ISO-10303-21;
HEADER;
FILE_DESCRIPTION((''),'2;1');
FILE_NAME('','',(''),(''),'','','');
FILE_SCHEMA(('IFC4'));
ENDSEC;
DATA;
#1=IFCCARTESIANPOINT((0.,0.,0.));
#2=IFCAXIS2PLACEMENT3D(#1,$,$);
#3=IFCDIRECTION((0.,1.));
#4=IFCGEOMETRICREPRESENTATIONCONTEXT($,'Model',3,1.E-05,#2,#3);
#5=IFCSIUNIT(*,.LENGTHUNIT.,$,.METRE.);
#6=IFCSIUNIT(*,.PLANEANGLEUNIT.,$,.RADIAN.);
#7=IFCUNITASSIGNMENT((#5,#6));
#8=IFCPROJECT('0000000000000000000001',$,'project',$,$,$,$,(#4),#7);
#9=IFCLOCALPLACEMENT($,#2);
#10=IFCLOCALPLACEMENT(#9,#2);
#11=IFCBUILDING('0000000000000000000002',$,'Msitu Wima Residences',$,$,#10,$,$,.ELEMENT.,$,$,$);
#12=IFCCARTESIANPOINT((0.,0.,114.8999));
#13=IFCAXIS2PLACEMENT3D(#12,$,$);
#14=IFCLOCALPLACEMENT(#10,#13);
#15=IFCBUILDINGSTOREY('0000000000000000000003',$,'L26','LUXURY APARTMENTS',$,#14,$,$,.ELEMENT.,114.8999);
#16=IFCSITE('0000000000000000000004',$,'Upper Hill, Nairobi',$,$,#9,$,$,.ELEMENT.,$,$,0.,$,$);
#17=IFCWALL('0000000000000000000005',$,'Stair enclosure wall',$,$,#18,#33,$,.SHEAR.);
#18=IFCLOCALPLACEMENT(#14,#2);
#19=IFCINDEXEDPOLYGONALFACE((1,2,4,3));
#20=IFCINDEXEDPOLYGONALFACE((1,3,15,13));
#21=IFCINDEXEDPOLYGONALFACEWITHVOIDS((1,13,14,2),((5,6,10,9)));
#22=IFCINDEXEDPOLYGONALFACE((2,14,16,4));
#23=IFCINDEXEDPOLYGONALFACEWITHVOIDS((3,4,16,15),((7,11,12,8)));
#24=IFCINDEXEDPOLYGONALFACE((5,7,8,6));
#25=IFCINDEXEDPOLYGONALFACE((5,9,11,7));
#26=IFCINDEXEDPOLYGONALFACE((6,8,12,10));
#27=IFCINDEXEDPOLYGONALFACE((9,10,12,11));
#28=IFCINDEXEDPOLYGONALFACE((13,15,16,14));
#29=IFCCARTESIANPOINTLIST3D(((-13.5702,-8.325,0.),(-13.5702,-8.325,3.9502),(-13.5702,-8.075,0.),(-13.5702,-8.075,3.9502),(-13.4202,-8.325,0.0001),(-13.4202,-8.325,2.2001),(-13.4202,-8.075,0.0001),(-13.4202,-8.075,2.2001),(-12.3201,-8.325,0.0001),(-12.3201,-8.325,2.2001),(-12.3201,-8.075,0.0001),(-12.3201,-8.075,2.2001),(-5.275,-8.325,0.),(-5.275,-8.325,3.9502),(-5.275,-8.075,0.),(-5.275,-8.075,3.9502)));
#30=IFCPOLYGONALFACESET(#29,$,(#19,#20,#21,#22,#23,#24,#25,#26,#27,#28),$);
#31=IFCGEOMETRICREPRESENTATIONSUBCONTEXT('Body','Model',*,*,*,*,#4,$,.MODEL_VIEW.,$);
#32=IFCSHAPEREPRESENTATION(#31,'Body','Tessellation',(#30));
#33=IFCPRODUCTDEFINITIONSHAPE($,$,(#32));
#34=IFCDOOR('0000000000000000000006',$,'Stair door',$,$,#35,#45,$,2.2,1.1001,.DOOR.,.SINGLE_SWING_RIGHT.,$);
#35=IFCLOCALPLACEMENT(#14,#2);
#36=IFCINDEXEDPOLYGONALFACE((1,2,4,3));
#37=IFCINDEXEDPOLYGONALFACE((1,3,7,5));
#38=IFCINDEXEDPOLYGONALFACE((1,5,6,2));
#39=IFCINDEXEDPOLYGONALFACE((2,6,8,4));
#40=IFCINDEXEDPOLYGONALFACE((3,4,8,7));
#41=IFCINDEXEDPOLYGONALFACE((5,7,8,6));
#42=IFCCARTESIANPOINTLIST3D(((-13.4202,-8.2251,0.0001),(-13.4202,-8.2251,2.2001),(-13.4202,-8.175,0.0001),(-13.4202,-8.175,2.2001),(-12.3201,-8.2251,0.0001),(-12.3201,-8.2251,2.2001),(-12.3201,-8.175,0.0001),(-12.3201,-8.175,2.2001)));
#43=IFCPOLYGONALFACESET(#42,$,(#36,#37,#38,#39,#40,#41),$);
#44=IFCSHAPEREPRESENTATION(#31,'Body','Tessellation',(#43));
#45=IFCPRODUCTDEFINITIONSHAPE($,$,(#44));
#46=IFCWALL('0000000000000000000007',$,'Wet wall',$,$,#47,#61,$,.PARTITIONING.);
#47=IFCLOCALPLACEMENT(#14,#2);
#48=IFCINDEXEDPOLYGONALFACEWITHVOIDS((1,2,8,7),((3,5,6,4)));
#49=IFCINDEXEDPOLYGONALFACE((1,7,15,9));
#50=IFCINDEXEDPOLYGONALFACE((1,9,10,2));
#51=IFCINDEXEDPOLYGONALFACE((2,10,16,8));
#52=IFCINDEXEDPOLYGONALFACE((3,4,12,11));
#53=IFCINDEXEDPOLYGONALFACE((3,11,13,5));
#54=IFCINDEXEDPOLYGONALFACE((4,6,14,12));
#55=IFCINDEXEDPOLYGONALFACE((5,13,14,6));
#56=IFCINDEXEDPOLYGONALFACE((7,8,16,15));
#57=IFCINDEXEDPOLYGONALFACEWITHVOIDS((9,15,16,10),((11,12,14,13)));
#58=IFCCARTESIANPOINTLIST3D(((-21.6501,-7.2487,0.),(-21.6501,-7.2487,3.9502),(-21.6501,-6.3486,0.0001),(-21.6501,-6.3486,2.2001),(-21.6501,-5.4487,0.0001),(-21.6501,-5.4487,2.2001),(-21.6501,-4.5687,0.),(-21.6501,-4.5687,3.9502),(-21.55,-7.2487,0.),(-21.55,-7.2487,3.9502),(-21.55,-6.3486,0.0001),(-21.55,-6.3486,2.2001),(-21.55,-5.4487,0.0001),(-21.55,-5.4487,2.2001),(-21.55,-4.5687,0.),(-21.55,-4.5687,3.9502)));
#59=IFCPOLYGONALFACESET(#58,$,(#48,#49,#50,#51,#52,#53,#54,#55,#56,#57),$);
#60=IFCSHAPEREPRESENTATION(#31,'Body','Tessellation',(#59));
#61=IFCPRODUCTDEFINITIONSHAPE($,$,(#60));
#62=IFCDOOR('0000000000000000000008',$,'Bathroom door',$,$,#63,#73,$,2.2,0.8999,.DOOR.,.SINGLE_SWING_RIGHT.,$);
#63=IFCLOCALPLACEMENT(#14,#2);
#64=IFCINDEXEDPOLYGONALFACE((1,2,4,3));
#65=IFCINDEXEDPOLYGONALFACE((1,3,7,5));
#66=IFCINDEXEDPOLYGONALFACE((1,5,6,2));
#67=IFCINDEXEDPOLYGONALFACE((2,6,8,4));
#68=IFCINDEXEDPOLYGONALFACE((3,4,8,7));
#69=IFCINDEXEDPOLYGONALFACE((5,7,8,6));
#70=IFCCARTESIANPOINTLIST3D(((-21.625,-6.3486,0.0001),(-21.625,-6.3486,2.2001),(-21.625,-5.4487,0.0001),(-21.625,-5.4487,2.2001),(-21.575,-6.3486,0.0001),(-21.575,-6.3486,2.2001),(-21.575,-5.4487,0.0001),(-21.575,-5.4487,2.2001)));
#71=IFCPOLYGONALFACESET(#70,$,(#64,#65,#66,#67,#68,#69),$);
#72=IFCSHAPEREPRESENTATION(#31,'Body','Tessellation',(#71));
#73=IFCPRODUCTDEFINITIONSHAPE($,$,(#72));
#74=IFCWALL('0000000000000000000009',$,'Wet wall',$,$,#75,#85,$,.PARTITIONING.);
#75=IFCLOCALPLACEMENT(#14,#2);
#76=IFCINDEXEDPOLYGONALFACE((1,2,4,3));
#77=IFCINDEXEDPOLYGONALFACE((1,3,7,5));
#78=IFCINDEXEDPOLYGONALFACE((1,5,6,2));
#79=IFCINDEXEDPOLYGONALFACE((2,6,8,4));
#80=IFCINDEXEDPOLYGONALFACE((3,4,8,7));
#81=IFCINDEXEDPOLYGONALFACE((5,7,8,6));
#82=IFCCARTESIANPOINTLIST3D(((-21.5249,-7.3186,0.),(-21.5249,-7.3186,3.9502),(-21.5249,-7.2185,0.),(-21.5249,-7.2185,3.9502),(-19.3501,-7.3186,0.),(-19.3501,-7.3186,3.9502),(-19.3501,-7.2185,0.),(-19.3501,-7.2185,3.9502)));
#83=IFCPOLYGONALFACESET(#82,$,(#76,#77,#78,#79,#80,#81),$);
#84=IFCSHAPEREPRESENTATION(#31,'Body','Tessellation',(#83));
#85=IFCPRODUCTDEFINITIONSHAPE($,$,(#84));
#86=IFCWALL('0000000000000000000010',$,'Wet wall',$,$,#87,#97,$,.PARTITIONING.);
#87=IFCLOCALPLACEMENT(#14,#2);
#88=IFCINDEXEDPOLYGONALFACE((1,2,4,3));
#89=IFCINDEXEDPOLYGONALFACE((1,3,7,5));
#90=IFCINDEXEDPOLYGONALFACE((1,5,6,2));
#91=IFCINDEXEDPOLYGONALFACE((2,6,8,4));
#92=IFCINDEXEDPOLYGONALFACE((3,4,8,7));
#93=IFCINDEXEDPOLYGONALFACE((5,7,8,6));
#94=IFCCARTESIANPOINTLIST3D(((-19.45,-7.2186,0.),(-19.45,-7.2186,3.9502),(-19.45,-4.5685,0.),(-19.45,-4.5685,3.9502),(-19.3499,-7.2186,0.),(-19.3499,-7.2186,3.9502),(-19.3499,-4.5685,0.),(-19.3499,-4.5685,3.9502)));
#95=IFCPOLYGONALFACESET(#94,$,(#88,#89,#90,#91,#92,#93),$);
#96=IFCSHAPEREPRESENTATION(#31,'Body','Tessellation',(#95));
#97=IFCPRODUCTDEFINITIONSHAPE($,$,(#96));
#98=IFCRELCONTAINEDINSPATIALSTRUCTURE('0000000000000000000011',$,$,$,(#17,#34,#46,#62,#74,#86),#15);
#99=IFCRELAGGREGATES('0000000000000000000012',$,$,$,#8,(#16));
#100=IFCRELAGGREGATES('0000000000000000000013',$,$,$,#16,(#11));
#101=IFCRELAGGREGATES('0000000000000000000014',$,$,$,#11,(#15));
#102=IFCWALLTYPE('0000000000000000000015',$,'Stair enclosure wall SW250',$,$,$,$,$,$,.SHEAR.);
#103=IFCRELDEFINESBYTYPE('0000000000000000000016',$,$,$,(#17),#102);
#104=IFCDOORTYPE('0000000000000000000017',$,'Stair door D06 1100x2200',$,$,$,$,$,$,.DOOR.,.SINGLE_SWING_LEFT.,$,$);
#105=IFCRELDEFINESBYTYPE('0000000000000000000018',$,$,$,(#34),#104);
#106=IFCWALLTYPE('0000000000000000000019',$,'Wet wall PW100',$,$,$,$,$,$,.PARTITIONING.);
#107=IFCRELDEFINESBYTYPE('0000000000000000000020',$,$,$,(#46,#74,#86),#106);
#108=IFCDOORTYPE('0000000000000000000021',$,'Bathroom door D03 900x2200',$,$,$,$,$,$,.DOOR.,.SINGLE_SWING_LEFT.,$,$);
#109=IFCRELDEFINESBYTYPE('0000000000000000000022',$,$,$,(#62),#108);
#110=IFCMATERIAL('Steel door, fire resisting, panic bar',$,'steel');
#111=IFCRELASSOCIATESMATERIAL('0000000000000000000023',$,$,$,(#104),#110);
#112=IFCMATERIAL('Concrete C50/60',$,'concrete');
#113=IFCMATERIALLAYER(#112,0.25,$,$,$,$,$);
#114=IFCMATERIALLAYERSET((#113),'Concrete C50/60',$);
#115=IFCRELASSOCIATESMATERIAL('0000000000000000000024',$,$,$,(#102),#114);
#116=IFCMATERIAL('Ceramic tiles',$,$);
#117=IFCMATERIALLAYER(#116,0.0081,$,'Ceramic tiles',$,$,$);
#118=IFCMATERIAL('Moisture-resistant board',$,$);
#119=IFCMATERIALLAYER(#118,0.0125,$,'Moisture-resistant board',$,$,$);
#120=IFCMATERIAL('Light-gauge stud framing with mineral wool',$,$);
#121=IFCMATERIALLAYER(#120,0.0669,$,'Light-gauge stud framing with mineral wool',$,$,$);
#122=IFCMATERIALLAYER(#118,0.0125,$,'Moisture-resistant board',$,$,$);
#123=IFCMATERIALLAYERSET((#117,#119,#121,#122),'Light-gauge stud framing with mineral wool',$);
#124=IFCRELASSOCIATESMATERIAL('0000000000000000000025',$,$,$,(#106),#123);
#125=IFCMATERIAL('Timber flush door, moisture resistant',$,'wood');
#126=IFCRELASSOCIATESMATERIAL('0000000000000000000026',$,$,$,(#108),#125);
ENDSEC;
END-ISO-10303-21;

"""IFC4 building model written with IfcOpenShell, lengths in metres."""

from ifc_helpers import new_model, si_unit, direction, frame, frame_2d, origin, place, context, subcontext, project, spatial, rectangle, extrude, material, layer, layer_set, type_object, element, fill, save


model = new_model("IFC4")

# Units and contexts
model_context = context("Model", 3, precision=1e-05, world=origin(), true_north=direction((0.0, 1.0)))
body_context = subcontext(model_context, "Body", "Model", "MODEL_VIEW")
ifc_project = project(units=[si_unit("LENGTHUNIT", "METRE"), si_unit("PLANEANGLEUNIT", "RADIAN")], contexts=[model_context])

# Site, building, storey
site_placement = place(None, origin())
site = spatial("IfcSite", under=ifc_project, at=site_placement, Name="Upper Hill, Nairobi", CompositionType="ELEMENT", RefElevation=0.0)
building_placement = place(site_placement, origin())
building = spatial("IfcBuilding", under=site, at=building_placement, Name="Msitu Wima Residences", CompositionType="ELEMENT")
storey_placement = place(building_placement, frame((0.0, 0.0, 114.8999)))
storey = spatial("IfcBuildingStorey", under=building, at=storey_placement, Name="L26", Description="LUXURY APARTMENTS", CompositionType="ELEMENT", Elevation=114.8999)

# Shared definitions
ifc_material_1 = material(Name="Concrete C50/60", Category="concrete")

# Shared definitions
ifc_material_2 = material(Name="Steel door, fire resisting, panic bar", Category="steel")
door_type_1 = type_object("IfcDoorType", Name="Stair door D06 1100x2200", OperationType="SINGLE_SWING_LEFT", PredefinedType="DOOR", material=ifc_material_2)

# Walls, openings, doors
ifc_layer_1 = layer(ifc_material_1, 0.25)
ifc_layer_set_1 = layer_set([ifc_layer_1], Name="Concrete C50/60")
wall_type_1 = type_object("IfcWallType", Name="Stair enclosure wall SW250", PredefinedType="SHEAR", material=ifc_layer_set_1)
wall_1_placement = place(storey_placement, frame((-13.5701, -8.2, 0.0), z_axis=(0.0, 0.0, 1.0), x_axis=(1.0, 0.0, 0.0)))
wall_1 = element("IfcWall", 1, at=wall_1_placement, inside=storey, type_object=wall_type_1, Name="Stair enclosure wall", PredefinedType="SHEAR", context=body_context, shape_type="SweptSolid", body=[
    extrude(rectangle(XDim=8.2952, YDim=0.25, at=frame_2d((4.1475, 0.0))), origin(), (0.0, 0.0, 1.0), 3.9502),
])
opening_1_placement = place(wall_1_placement, frame((0.1499, 0.0, 0.0)))
opening_1 = element("IfcOpeningElement", 2, at=opening_1_placement, cuts=wall_1, PredefinedType="OPENING", context=body_context, shape_type="SweptSolid", body=[
    extrude(rectangle(XDim=1.1001, YDim=2.2, at=frame_2d((0.55, 1.1001))), frame((0.0, 0.135, 0.0), z_axis=(0.0, -1.0, 0.0), x_axis=(1.0, 0.0, 0.0)), (0.0, 0.0, 1.0), 0.27),
])
door_1_placement = place(opening_1_placement, origin())
door_1 = element("IfcDoor", 3, at=door_1_placement, inside=storey, type_object=door_type_1, Name="Stair door", OperationType="SINGLE_SWING_RIGHT", OverallHeight=2.2, OverallWidth=1.1001, PredefinedType="DOOR", context=body_context, shape_type="SweptSolid", body=[
    extrude(rectangle(XDim=1.1001, YDim=2.2, at=frame_2d((0.55, 1.1001))), frame((0.0, 0.0249, 0.0), z_axis=(0.0, -1.0, 0.0), x_axis=(1.0, 0.0, 0.0)), (0.0, 0.0, 1.0), 0.05),
])
fill(opening_1, door_1)
ifc_material_3 = material(Name="Ceramic tiles")
ifc_layer_2 = layer(ifc_material_3, 0.0081, Name="Ceramic tiles")
ifc_material_4 = material(Name="Moisture-resistant board")
ifc_layer_3 = layer(ifc_material_4, 0.0125, Name="Moisture-resistant board")
ifc_material_5 = material(Name="Light-gauge stud framing with mineral wool")
ifc_layer_4 = layer(ifc_material_5, 0.0669, Name="Light-gauge stud framing with mineral wool")
ifc_layer_5 = layer(ifc_material_4, 0.0125, Name="Moisture-resistant board")
ifc_layer_set_2 = layer_set([ifc_layer_2, ifc_layer_3, ifc_layer_4, ifc_layer_5], Name="Light-gauge stud framing with mineral wool")
wall_type_2 = type_object("IfcWallType", Name="Wet wall PW100", PredefinedType="PARTITIONING", material=ifc_layer_set_2)
wall_2_placement = place(storey_placement, frame((-21.6001, -7.2485, 0.0), z_axis=(0.0, 0.0, 1.0), x_axis=(0.0, 1.0, 0.0)))
wall_2 = element("IfcWall", 4, at=wall_2_placement, inside=storey, type_object=wall_type_2, Name="Wet wall", PredefinedType="PARTITIONING", context=body_context, shape_type="SweptSolid", body=[
    extrude(rectangle(XDim=2.6799, YDim=0.1001, at=frame_2d((1.3398, 0.0))), origin(), (0.0, 0.0, 1.0), 3.9502),
])
opening_2_placement = place(wall_2_placement, frame((0.8999, 0.0, 0.0)))
opening_2 = element("IfcOpeningElement", 5, at=opening_2_placement, cuts=wall_2, PredefinedType="OPENING", context=body_context, shape_type="SweptSolid", body=[
    extrude(rectangle(XDim=0.8999, YDim=2.2, at=frame_2d((0.45, 1.1001))), frame((0.0, 0.0601, 0.0), z_axis=(0.0, -1.0, 0.0), x_axis=(1.0, 0.0, 0.0)), (0.0, 0.0, 1.0), 0.1201),
])
ifc_material_6 = material(Name="Timber flush door, moisture resistant", Category="wood")
door_type_2 = type_object("IfcDoorType", Name="Bathroom door D03 900x2200", OperationType="SINGLE_SWING_LEFT", PredefinedType="DOOR", material=ifc_material_6)
door_2_placement = place(opening_2_placement, origin())
door_2 = element("IfcDoor", 6, at=door_2_placement, inside=storey, type_object=door_type_2, Name="Bathroom door", OperationType="SINGLE_SWING_RIGHT", OverallHeight=2.2, OverallWidth=0.8999, PredefinedType="DOOR", context=body_context, shape_type="SweptSolid", body=[
    extrude(rectangle(XDim=0.8999, YDim=2.2, at=frame_2d((0.45, 1.1001))), frame((0.0, 0.0249, 0.0), z_axis=(0.0, -1.0, 0.0), x_axis=(1.0, 0.0, 0.0)), (0.0, 0.0, 1.0), 0.05),
])
fill(opening_2, door_2)

# Walls
wall_3_placement = place(storey_placement, frame((-21.5249, -7.2686, 0.0), z_axis=(0.0, 0.0, 1.0), x_axis=(1.0, 0.0, 0.0)))
element("IfcWall", 7, at=wall_3_placement, inside=storey, type_object=wall_type_2, Name="Wet wall", PredefinedType="PARTITIONING", context=body_context, shape_type="SweptSolid", body=[
    extrude(rectangle(XDim=2.1748, YDim=0.1001, at=frame_2d((1.0874, 0.0))), origin(), (0.0, 0.0, 1.0), 3.9502),
])
wall_4_placement = place(storey_placement, frame((-19.3999, -7.2188, 0.0), z_axis=(0.0, 0.0, 1.0), x_axis=(0.0, 1.0, 0.0)))
element("IfcWall", 8, at=wall_4_placement, inside=storey, type_object=wall_type_2, Name="Wet wall", PredefinedType="PARTITIONING", context=body_context, shape_type="SweptSolid", body=[
    extrude(rectangle(XDim=2.6501, YDim=0.1001, at=frame_2d((1.3252, 0.0))), origin(), (0.0, 0.0, 1.0), 3.9502),
])

save(model, "model.ifc")
